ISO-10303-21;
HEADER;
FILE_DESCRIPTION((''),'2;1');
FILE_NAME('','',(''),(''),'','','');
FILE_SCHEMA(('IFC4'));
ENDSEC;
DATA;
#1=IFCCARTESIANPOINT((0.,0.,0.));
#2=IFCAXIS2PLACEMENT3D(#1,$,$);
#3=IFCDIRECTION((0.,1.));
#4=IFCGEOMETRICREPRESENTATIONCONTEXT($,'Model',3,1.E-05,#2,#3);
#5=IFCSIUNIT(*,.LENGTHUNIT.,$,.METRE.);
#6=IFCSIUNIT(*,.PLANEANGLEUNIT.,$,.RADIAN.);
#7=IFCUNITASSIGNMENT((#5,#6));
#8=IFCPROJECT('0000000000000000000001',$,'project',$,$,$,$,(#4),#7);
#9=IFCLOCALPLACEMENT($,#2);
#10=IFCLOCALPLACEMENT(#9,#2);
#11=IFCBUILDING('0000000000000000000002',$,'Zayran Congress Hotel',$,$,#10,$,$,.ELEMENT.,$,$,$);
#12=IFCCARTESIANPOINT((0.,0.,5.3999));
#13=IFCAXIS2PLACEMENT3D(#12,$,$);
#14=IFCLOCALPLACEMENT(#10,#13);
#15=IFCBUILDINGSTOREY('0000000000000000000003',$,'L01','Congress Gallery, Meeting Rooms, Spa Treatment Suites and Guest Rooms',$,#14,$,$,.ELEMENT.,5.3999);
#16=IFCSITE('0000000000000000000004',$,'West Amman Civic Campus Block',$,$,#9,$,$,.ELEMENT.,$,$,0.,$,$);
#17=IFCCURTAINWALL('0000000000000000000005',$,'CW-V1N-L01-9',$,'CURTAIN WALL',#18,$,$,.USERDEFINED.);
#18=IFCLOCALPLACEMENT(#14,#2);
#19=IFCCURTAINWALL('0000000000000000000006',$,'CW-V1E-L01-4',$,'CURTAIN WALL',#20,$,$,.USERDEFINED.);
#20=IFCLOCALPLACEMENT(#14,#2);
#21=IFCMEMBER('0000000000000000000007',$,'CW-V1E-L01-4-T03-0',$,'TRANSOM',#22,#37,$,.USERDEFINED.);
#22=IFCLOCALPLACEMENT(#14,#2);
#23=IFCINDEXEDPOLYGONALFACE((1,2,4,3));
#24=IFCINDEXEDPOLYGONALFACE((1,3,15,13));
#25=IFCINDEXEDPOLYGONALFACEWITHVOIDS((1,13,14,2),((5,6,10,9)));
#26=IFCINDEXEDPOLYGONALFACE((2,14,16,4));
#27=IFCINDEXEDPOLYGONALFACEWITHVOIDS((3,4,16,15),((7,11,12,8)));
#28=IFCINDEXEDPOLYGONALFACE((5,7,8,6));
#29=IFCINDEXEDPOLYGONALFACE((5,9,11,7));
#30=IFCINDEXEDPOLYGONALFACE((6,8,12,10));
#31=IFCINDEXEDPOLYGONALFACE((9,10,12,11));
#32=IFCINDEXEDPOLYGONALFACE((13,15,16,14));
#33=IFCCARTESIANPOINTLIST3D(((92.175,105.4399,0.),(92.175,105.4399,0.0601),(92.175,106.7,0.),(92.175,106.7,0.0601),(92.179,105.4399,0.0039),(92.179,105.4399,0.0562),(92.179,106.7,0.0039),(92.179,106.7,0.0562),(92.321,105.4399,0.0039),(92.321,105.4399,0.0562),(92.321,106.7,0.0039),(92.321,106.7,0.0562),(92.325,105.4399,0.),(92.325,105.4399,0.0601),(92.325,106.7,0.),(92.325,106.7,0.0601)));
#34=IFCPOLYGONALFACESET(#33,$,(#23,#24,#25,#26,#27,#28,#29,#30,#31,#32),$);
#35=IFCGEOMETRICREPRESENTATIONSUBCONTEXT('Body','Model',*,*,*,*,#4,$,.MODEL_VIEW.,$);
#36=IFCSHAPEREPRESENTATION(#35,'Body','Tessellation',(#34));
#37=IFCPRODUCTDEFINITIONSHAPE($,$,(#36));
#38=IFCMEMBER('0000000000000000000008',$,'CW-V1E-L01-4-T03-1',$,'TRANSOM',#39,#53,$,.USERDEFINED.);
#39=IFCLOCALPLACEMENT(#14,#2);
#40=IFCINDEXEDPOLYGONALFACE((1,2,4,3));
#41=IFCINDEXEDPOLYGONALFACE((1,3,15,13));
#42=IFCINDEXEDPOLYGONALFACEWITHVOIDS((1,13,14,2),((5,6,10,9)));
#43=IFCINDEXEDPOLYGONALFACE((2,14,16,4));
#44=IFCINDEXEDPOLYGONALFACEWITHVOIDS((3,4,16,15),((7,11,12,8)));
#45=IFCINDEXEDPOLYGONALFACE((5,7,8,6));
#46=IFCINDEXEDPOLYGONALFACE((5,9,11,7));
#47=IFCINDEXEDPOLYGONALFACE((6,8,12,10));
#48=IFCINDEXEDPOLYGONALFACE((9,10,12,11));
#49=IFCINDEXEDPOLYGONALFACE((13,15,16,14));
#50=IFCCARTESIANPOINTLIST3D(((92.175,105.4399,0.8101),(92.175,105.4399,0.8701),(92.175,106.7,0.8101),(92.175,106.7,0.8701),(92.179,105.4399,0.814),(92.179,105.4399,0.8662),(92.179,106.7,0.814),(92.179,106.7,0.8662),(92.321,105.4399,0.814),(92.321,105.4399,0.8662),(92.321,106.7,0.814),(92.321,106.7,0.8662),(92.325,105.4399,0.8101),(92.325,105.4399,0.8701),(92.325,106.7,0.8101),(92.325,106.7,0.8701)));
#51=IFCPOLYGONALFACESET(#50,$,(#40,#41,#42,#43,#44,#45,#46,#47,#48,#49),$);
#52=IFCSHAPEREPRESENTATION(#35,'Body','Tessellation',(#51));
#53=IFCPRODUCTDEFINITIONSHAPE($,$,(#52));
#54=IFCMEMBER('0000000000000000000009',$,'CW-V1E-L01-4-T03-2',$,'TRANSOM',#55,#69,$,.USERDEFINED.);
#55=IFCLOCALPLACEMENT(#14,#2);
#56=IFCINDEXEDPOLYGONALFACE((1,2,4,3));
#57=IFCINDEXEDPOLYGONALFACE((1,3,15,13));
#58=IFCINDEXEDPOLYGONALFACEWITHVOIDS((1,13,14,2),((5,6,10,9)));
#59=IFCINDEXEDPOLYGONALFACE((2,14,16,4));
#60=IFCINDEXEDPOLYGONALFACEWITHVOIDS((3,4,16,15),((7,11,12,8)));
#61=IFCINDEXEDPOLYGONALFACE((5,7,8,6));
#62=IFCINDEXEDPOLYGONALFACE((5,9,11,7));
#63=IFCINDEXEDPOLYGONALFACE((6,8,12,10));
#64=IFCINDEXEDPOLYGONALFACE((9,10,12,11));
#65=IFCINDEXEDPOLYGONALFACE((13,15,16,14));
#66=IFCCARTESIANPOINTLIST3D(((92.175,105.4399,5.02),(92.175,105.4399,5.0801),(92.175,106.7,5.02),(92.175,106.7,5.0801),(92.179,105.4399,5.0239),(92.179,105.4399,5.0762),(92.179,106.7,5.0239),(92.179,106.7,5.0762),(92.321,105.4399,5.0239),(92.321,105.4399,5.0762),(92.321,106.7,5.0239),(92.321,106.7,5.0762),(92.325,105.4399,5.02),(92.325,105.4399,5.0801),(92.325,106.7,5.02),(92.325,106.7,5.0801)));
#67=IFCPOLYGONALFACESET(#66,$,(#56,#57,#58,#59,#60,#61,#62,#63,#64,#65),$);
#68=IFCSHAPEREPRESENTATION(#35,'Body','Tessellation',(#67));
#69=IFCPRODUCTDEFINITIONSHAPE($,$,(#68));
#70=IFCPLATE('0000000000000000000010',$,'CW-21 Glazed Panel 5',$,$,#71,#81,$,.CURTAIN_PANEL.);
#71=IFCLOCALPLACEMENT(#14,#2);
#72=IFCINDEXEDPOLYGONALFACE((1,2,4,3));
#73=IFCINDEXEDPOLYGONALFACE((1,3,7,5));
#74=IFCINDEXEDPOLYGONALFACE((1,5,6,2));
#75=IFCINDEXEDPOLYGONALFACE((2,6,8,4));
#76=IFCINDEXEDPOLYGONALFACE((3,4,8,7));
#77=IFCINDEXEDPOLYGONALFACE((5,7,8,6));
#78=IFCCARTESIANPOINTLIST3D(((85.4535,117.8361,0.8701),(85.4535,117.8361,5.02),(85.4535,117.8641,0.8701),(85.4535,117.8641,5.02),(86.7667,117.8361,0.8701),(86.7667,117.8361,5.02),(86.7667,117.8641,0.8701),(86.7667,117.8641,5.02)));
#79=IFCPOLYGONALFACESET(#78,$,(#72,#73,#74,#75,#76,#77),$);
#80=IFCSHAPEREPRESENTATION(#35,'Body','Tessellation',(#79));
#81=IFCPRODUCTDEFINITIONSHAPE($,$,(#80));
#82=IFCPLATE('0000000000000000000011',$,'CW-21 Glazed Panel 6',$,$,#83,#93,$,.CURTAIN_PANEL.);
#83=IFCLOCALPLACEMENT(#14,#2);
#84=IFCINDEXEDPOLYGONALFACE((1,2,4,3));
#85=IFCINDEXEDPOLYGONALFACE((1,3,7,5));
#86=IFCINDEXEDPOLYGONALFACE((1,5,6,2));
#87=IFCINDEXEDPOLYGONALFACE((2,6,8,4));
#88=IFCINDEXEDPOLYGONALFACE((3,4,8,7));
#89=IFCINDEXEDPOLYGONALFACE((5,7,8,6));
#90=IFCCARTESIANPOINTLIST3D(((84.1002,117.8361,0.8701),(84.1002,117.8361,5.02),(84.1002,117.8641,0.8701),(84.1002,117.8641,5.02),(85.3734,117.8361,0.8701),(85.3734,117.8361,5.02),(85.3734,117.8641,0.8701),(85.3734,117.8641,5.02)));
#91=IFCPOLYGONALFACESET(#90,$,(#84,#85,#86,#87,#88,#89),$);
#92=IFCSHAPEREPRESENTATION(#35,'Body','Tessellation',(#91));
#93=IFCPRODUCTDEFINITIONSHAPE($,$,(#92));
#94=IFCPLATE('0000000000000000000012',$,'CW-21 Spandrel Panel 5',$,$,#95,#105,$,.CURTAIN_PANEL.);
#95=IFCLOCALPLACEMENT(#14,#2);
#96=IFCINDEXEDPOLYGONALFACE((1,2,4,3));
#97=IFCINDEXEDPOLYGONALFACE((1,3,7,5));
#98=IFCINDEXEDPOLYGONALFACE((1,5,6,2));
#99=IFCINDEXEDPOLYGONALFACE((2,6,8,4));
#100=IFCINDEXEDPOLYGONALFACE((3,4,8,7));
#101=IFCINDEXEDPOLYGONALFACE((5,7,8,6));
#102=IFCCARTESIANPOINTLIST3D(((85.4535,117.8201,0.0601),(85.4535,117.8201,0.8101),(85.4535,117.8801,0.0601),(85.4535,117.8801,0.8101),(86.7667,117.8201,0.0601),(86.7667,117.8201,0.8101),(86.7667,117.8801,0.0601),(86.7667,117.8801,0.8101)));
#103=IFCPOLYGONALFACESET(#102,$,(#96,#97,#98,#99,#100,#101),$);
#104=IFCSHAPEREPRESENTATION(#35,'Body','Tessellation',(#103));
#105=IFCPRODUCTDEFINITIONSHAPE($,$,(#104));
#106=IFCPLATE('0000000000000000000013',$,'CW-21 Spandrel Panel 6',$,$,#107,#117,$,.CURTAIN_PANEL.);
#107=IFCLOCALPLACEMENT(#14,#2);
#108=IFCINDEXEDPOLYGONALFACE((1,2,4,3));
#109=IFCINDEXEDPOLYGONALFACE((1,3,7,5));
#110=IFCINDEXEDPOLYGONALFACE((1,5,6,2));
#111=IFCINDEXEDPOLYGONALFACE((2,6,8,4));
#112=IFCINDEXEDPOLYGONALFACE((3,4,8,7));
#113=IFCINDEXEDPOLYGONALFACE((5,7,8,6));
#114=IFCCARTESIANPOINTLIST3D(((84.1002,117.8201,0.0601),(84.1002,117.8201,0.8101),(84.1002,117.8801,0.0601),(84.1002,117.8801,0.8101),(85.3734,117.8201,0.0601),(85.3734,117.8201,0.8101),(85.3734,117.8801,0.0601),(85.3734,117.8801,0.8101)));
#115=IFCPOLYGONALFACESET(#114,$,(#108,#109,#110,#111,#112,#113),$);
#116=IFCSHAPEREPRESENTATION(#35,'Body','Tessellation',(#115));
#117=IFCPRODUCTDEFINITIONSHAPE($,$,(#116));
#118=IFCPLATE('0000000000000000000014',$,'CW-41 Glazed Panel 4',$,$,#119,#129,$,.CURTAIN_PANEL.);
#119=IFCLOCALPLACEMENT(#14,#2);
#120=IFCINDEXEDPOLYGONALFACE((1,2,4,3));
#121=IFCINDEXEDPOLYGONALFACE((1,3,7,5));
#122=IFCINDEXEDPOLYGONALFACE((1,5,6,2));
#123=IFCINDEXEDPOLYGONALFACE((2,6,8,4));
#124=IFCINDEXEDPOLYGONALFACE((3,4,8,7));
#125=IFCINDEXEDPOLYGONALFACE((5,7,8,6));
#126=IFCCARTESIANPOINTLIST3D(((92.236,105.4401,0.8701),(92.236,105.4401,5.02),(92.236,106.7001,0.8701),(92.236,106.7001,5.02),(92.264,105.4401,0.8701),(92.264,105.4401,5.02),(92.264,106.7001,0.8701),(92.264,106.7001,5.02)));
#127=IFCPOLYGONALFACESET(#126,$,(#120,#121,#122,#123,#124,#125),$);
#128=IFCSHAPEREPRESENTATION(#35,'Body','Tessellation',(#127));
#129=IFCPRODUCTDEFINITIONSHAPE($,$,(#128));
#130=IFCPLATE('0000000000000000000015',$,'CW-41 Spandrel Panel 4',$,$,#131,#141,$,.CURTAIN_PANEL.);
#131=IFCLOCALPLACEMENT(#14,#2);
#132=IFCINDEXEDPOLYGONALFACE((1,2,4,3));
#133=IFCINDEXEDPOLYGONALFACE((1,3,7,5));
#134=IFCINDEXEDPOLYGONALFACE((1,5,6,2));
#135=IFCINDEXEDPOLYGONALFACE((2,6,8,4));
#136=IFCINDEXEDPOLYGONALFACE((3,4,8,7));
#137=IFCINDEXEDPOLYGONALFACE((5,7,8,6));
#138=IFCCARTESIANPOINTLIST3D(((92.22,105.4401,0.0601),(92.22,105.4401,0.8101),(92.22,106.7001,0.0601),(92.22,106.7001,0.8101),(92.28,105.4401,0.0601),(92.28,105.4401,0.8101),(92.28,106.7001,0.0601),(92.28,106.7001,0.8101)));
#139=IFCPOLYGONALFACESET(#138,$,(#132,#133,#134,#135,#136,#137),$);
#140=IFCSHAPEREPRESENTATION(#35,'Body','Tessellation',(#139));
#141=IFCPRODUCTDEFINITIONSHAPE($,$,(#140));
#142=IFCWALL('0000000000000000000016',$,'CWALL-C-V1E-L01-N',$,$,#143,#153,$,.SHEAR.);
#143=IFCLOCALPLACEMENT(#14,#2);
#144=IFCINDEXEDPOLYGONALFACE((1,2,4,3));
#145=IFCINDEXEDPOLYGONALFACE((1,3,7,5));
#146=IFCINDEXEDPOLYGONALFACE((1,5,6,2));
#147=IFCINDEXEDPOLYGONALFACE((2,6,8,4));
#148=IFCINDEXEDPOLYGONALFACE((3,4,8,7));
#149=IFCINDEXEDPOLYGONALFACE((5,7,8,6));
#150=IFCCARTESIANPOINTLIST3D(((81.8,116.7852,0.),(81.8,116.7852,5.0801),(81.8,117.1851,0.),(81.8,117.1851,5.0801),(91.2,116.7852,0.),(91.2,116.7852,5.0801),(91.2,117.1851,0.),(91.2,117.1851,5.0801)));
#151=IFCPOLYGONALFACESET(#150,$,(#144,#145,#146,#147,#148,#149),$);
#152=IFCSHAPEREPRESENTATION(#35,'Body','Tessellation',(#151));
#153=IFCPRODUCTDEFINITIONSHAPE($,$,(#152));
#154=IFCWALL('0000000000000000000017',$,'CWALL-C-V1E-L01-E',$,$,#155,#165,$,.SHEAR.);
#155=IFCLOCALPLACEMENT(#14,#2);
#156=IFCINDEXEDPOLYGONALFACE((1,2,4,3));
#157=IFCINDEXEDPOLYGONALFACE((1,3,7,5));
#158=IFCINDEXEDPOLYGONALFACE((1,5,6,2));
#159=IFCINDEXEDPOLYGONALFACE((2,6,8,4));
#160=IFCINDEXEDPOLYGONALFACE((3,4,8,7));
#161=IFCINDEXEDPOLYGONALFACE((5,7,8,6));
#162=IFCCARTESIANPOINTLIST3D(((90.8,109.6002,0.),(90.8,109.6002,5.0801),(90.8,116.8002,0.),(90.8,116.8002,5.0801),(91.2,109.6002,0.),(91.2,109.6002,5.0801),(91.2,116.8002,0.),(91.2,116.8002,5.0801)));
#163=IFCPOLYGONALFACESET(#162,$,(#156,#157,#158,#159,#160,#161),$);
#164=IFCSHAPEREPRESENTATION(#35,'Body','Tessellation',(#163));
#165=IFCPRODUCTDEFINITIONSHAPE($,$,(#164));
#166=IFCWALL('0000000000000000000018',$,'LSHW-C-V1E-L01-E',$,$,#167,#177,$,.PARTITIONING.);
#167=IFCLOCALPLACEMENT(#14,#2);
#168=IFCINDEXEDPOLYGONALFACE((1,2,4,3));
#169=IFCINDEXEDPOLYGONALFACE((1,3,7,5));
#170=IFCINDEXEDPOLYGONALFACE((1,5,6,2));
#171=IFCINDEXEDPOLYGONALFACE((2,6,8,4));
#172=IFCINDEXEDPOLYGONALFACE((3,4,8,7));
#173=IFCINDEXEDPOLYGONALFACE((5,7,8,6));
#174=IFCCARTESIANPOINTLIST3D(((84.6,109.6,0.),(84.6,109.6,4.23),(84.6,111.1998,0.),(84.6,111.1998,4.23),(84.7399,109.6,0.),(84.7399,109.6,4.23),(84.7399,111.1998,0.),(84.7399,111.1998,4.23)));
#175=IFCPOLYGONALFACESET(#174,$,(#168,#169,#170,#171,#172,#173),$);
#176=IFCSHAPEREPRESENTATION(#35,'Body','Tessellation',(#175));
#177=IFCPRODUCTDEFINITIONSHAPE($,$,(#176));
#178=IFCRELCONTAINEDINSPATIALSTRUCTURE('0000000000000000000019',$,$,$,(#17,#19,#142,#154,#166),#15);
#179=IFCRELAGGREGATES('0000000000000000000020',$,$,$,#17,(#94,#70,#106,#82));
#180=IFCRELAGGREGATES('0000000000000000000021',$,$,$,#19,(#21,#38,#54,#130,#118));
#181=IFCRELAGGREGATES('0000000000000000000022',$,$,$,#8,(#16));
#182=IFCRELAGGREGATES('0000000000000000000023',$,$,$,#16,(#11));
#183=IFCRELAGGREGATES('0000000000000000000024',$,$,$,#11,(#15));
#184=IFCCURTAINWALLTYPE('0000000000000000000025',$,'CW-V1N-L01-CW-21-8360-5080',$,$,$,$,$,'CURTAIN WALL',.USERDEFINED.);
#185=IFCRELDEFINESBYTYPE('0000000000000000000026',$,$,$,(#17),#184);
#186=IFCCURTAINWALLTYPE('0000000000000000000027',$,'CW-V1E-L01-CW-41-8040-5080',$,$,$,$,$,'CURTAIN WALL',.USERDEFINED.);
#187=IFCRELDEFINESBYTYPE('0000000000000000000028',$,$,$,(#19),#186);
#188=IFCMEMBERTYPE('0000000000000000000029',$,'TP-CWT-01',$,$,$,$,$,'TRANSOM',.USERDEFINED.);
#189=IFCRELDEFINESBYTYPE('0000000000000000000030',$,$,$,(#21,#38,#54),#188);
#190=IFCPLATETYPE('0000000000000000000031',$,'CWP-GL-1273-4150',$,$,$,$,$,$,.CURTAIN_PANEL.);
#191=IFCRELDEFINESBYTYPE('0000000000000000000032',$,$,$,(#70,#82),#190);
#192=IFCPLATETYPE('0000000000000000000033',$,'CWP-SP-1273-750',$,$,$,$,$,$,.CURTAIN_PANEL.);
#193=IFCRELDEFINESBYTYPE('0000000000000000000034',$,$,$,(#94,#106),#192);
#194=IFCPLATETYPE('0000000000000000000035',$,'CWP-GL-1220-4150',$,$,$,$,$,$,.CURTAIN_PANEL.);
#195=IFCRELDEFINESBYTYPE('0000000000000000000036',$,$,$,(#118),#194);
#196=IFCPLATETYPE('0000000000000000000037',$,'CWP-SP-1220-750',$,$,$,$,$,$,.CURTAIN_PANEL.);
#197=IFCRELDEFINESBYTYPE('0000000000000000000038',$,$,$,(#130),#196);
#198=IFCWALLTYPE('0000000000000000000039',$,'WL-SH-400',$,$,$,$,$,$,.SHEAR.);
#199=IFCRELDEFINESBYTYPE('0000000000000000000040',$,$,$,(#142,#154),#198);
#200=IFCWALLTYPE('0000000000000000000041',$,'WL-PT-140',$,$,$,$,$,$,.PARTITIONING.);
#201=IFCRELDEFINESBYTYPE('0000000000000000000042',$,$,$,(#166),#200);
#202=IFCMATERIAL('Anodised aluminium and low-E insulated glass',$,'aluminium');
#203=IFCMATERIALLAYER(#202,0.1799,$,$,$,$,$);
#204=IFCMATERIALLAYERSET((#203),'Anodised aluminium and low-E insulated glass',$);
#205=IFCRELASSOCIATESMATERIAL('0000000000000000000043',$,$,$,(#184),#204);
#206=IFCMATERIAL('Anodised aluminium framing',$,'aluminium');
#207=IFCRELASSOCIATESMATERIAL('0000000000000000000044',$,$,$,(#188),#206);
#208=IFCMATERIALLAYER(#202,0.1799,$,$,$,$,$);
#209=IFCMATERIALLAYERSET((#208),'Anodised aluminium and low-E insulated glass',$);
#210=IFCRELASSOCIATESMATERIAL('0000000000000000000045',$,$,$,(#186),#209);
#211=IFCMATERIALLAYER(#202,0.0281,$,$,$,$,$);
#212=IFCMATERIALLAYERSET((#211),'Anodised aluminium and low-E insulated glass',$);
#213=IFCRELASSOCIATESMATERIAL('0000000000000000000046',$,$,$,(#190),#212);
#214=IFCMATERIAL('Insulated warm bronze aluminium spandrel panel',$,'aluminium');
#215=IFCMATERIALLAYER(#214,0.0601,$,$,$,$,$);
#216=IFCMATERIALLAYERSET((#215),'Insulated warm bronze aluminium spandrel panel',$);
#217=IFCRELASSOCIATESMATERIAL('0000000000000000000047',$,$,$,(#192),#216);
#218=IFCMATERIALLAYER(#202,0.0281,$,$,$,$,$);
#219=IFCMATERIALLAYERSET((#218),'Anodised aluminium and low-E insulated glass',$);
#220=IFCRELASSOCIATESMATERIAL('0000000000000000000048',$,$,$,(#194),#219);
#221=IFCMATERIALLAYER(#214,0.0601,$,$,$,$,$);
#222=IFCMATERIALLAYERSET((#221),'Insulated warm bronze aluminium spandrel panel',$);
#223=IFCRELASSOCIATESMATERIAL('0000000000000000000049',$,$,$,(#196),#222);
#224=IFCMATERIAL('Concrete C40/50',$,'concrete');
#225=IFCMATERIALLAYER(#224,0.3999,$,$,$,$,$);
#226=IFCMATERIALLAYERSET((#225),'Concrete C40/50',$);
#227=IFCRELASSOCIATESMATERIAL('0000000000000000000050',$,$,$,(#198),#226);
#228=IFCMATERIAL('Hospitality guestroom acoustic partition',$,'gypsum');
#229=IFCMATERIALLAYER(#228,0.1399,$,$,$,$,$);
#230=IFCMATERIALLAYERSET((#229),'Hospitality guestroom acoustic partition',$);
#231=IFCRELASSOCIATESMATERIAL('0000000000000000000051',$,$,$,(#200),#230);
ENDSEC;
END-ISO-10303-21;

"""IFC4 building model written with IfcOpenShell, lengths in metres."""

from ifc_helpers import new_model, si_unit, direction, frame, frame_2d, origin, origin_2d, place, context, subcontext, project, spatial, rectangle, hollow_rectangle, extrude, material, layer, layer_set, material_profile, profile_set, type_object, element, aggregate, save


model = new_model("IFC4")

# Units and contexts
model_context = context("Model", 3, precision=1e-05, world=origin(), true_north=direction((0.0, 1.0)))
body_context = subcontext(model_context, "Body", "Model", "MODEL_VIEW")
ifc_project = project(units=[si_unit("LENGTHUNIT", "METRE"), si_unit("PLANEANGLEUNIT", "RADIAN")], contexts=[model_context])

# Site, building, storey
site_placement = place(None, origin())
site = spatial("IfcSite", under=ifc_project, at=site_placement, Name="West Amman Civic Campus Block", CompositionType="ELEMENT", RefElevation=0.0)
building_placement = place(site_placement, origin())
building = spatial("IfcBuilding", under=site, at=building_placement, Name="Zayran Congress Hotel", CompositionType="ELEMENT")
storey_placement = place(building_placement, frame((0.0, 0.0, 5.3999)))
storey = spatial("IfcBuildingStorey", under=building, at=storey_placement, Name="L01", Description="Congress Gallery, Meeting Rooms, Spa Treatment Suites and Guest Rooms", CompositionType="ELEMENT", Elevation=5.3999)

# Shared definitions
ifc_material_1 = material(Name="Concrete C40/50", Category="concrete")

# Curtain walls, members
ifc_material_2 = material(Name="Anodised aluminium and low-E insulated glass", Category="aluminium")
ifc_layer_1 = layer(ifc_material_2, 0.1799)
ifc_layer_set_1 = layer_set([ifc_layer_1], Name="Anodised aluminium and low-E insulated glass")
curtain_wall_type_1 = type_object("IfcCurtainWallType", Name="CW-V1N-L01-CW-21-8360-5080", ElementType="CURTAIN WALL", PredefinedType="USERDEFINED", material=ifc_layer_set_1)
curtain_wall_1_placement = place(storey_placement, origin())
curtain_wall_1 = element("IfcCurtainWall", 1, at=curtain_wall_1_placement, inside=storey, type_object=curtain_wall_type_1, Name="CW-V1N-L01-9", ObjectType="CURTAIN WALL", PredefinedType="USERDEFINED")
ifc_material_3 = material(Name="Anodised aluminium framing", Category="aluminium")
ifc_material_profile_1 = material_profile(ifc_material_3, hollow_rectangle(XDim=0.0601, YDim=0.1499, WallThickness=0.0039, at=origin_2d()), Name="RHS 150x60x4")
ifc_profile_set_1 = profile_set([ifc_material_profile_1], Name="Anodised aluminium framing")
member_type_1 = type_object("IfcMemberType", Name="TP-CWT-01", ElementType="TRANSOM", PredefinedType="USERDEFINED", material=ifc_profile_set_1)
ifc_layer_2 = layer(ifc_material_2, 0.1799)
ifc_layer_set_2 = layer_set([ifc_layer_2], Name="Anodised aluminium and low-E insulated glass")
curtain_wall_type_2 = type_object("IfcCurtainWallType", Name="CW-V1E-L01-CW-41-8040-5080", ElementType="CURTAIN WALL", PredefinedType="USERDEFINED", material=ifc_layer_set_2)
curtain_wall_2_placement = place(storey_placement, origin())
curtain_wall_2 = element("IfcCurtainWall", 2, at=curtain_wall_2_placement, inside=storey, type_object=curtain_wall_type_2, Name="CW-V1E-L01-4", ObjectType="CURTAIN WALL", PredefinedType="USERDEFINED")
member_1_placement = place(storey_placement, frame((92.25, 105.4399, 0.03), z_axis=(0.0, 1.0, 0.0), x_axis=(0.0, 0.0, 1.0)))
member_1 = element("IfcMember", 3, at=member_1_placement, type_object=member_type_1, Name="CW-V1E-L01-4-T03-0", ObjectType="TRANSOM", PredefinedType="USERDEFINED", context=body_context, shape_type="SweptSolid", body=[
    extrude(hollow_rectangle(XDim=0.0601, YDim=0.1499, WallThickness=0.0039, at=origin_2d()), origin(), (0.0, 0.0, 1.0), 1.26),
])
member_2_placement = place(storey_placement, frame((92.25, 105.4399, 0.8401), z_axis=(0.0, 1.0, 0.0), x_axis=(0.0, 0.0, 1.0)))
member_2 = element("IfcMember", 4, at=member_2_placement, type_object=member_type_1, Name="CW-V1E-L01-4-T03-1", ObjectType="TRANSOM", PredefinedType="USERDEFINED", context=body_context, shape_type="SweptSolid", body=[
    extrude(hollow_rectangle(XDim=0.0601, YDim=0.1499, WallThickness=0.0039, at=origin_2d()), origin(), (0.0, 0.0, 1.0), 1.26),
])
member_3_placement = place(storey_placement, frame((92.25, 105.4399, 5.05), z_axis=(0.0, 1.0, 0.0), x_axis=(0.0, 0.0, 1.0)))
member_3 = element("IfcMember", 5, at=member_3_placement, type_object=member_type_1, Name="CW-V1E-L01-4-T03-2", ObjectType="TRANSOM", PredefinedType="USERDEFINED", context=body_context, shape_type="SweptSolid", body=[
    extrude(hollow_rectangle(XDim=0.0601, YDim=0.1499, WallThickness=0.0039, at=origin_2d()), origin(), (0.0, 0.0, 1.0), 1.26),
])

# Plates
ifc_layer_3 = layer(ifc_material_2, 0.0281)
ifc_layer_set_3 = layer_set([ifc_layer_3], Name="Anodised aluminium and low-E insulated glass")
plate_type_1 = type_object("IfcPlateType", Name="CWP-GL-1273-4150", PredefinedType="CURTAIN_PANEL", material=ifc_layer_set_3)
plate_1_placement = place(storey_placement, frame((86.1101, 117.8501, 0.8701), z_axis=(0.0, 0.0, 1.0), x_axis=(1.0, 0.0, 0.0)))
plate_1 = element("IfcPlate", 6, at=plate_1_placement, type_object=plate_type_1, Name="CW-21 Glazed Panel 5", PredefinedType="CURTAIN_PANEL", context=body_context, shape_type="SweptSolid", body=[
    extrude(rectangle(XDim=1.3132, YDim=0.0281, at=origin_2d()), origin(), (0.0, 0.0, 1.0), 4.1499),
])
plate_2_placement = place(storey_placement, frame((84.7368, 117.8501, 0.8701), z_axis=(0.0, 0.0, 1.0), x_axis=(1.0, 0.0, 0.0)))
plate_2 = element("IfcPlate", 7, at=plate_2_placement, type_object=plate_type_1, Name="CW-21 Glazed Panel 6", PredefinedType="CURTAIN_PANEL", context=body_context, shape_type="SweptSolid", body=[
    extrude(rectangle(XDim=1.2732, YDim=0.0281, at=origin_2d()), origin(), (0.0, 0.0, 1.0), 4.1499),
])
ifc_material_4 = material(Name="Insulated warm bronze aluminium spandrel panel", Category="aluminium")
ifc_layer_4 = layer(ifc_material_4, 0.0601)
ifc_layer_set_4 = layer_set([ifc_layer_4], Name="Insulated warm bronze aluminium spandrel panel")
plate_type_2 = type_object("IfcPlateType", Name="CWP-SP-1273-750", PredefinedType="CURTAIN_PANEL", material=ifc_layer_set_4)
plate_3_placement = place(storey_placement, frame((86.1101, 117.8501, 0.0601), z_axis=(0.0, 0.0, 1.0), x_axis=(1.0, 0.0, 0.0)))
plate_3 = element("IfcPlate", 8, at=plate_3_placement, type_object=plate_type_2, Name="CW-21 Spandrel Panel 5", PredefinedType="CURTAIN_PANEL", context=body_context, shape_type="SweptSolid", body=[
    extrude(rectangle(XDim=1.3132, YDim=0.0601, at=origin_2d()), origin(), (0.0, 0.0, 1.0), 0.75),
])
plate_4_placement = place(storey_placement, frame((84.7368, 117.8501, 0.0601), z_axis=(0.0, 0.0, 1.0), x_axis=(1.0, 0.0, 0.0)))
plate_4 = element("IfcPlate", 9, at=plate_4_placement, type_object=plate_type_2, Name="CW-21 Spandrel Panel 6", PredefinedType="CURTAIN_PANEL", context=body_context, shape_type="SweptSolid", body=[
    extrude(rectangle(XDim=1.2732, YDim=0.0601, at=origin_2d()), origin(), (0.0, 0.0, 1.0), 0.75),
])
aggregate(curtain_wall_1, [plate_3, plate_1, plate_4, plate_2])
ifc_layer_5 = layer(ifc_material_2, 0.0281)
ifc_layer_set_5 = layer_set([ifc_layer_5], Name="Anodised aluminium and low-E insulated glass")
plate_type_3 = type_object("IfcPlateType", Name="CWP-GL-1220-4150", PredefinedType="CURTAIN_PANEL", material=ifc_layer_set_5)
plate_5_placement = place(storey_placement, frame((92.25, 106.0701, 0.8701), z_axis=(0.0, 0.0, 1.0), x_axis=(0.0, 1.0, 0.0)))
plate_5 = element("IfcPlate", 10, at=plate_5_placement, type_object=plate_type_3, Name="CW-41 Glazed Panel 4", PredefinedType="CURTAIN_PANEL", context=body_context, shape_type="SweptSolid", body=[
    extrude(rectangle(XDim=1.26, YDim=0.0281, at=origin_2d()), origin(), (0.0, 0.0, 1.0), 4.1499),
])
ifc_layer_6 = layer(ifc_material_4, 0.0601)
ifc_layer_set_6 = layer_set([ifc_layer_6], Name="Insulated warm bronze aluminium spandrel panel")
plate_type_4 = type_object("IfcPlateType", Name="CWP-SP-1220-750", PredefinedType="CURTAIN_PANEL", material=ifc_layer_set_6)
plate_6_placement = place(storey_placement, frame((92.25, 106.0701, 0.0601), z_axis=(0.0, 0.0, 1.0), x_axis=(0.0, 1.0, 0.0)))
plate_6 = element("IfcPlate", 11, at=plate_6_placement, type_object=plate_type_4, Name="CW-41 Spandrel Panel 4", PredefinedType="CURTAIN_PANEL", context=body_context, shape_type="SweptSolid", body=[
    extrude(rectangle(XDim=1.26, YDim=0.0601, at=origin_2d()), origin(), (0.0, 0.0, 1.0), 0.75),
])
aggregate(curtain_wall_2, [member_1, member_2, member_3, plate_6, plate_5])

# Walls
ifc_layer_7 = layer(ifc_material_1, 0.3999)
ifc_layer_set_7 = layer_set([ifc_layer_7], Name="Concrete C40/50")
wall_type_1 = type_object("IfcWallType", Name="WL-SH-400", PredefinedType="SHEAR", material=ifc_layer_set_7)
wall_1_placement = place(storey_placement, frame((91.2, 116.9851, 0.0), z_axis=(0.0, 0.0, 1.0), x_axis=(-1.0, 0.0, 0.0)))
element("IfcWall", 12, at=wall_1_placement, inside=storey, type_object=wall_type_1, Name="CWALL-C-V1E-L01-N", PredefinedType="SHEAR", context=body_context, shape_type="SweptSolid", body=[
    extrude(rectangle(XDim=9.3999, YDim=0.3999, at=frame_2d((4.7, 0.0))), origin(), (0.0, 0.0, 1.0), 5.0801),
])
wall_2_placement = place(storey_placement, frame((91.0, 109.6001, 0.0), z_axis=(0.0, 0.0, 1.0), x_axis=(0.0, 1.0, 0.0)))
element("IfcWall", 13, at=wall_2_placement, inside=storey, type_object=wall_type_1, Name="CWALL-C-V1E-L01-E", PredefinedType="SHEAR", context=body_context, shape_type="SweptSolid", body=[
    extrude(rectangle(XDim=7.2, YDim=0.3999, at=frame_2d((3.6001, 0.0))), origin(), (0.0, 0.0, 1.0), 5.0801),
])
ifc_material_5 = material(Name="Hospitality guestroom acoustic partition", Category="gypsum")
ifc_layer_8 = layer(ifc_material_5, 0.1399)
ifc_layer_set_8 = layer_set([ifc_layer_8], Name="Hospitality guestroom acoustic partition")
wall_type_2 = type_object("IfcWallType", Name="WL-PT-140", PredefinedType="PARTITIONING", material=ifc_layer_set_8)
wall_3_placement = place(storey_placement, frame((84.6699, 109.6001, 0.0), z_axis=(0.0, 0.0, 1.0), x_axis=(0.0, 1.0, 0.0)))
element("IfcWall", 14, at=wall_3_placement, inside=storey, type_object=wall_type_2, Name="LSHW-C-V1E-L01-E", PredefinedType="PARTITIONING", context=body_context, shape_type="SweptSolid", body=[
    extrude(rectangle(XDim=1.5999, YDim=0.1399, at=frame_2d((0.7998, 0.0))), origin(), (0.0, 0.0, 1.0), 4.23),
])

save(model, "model.ifc")
